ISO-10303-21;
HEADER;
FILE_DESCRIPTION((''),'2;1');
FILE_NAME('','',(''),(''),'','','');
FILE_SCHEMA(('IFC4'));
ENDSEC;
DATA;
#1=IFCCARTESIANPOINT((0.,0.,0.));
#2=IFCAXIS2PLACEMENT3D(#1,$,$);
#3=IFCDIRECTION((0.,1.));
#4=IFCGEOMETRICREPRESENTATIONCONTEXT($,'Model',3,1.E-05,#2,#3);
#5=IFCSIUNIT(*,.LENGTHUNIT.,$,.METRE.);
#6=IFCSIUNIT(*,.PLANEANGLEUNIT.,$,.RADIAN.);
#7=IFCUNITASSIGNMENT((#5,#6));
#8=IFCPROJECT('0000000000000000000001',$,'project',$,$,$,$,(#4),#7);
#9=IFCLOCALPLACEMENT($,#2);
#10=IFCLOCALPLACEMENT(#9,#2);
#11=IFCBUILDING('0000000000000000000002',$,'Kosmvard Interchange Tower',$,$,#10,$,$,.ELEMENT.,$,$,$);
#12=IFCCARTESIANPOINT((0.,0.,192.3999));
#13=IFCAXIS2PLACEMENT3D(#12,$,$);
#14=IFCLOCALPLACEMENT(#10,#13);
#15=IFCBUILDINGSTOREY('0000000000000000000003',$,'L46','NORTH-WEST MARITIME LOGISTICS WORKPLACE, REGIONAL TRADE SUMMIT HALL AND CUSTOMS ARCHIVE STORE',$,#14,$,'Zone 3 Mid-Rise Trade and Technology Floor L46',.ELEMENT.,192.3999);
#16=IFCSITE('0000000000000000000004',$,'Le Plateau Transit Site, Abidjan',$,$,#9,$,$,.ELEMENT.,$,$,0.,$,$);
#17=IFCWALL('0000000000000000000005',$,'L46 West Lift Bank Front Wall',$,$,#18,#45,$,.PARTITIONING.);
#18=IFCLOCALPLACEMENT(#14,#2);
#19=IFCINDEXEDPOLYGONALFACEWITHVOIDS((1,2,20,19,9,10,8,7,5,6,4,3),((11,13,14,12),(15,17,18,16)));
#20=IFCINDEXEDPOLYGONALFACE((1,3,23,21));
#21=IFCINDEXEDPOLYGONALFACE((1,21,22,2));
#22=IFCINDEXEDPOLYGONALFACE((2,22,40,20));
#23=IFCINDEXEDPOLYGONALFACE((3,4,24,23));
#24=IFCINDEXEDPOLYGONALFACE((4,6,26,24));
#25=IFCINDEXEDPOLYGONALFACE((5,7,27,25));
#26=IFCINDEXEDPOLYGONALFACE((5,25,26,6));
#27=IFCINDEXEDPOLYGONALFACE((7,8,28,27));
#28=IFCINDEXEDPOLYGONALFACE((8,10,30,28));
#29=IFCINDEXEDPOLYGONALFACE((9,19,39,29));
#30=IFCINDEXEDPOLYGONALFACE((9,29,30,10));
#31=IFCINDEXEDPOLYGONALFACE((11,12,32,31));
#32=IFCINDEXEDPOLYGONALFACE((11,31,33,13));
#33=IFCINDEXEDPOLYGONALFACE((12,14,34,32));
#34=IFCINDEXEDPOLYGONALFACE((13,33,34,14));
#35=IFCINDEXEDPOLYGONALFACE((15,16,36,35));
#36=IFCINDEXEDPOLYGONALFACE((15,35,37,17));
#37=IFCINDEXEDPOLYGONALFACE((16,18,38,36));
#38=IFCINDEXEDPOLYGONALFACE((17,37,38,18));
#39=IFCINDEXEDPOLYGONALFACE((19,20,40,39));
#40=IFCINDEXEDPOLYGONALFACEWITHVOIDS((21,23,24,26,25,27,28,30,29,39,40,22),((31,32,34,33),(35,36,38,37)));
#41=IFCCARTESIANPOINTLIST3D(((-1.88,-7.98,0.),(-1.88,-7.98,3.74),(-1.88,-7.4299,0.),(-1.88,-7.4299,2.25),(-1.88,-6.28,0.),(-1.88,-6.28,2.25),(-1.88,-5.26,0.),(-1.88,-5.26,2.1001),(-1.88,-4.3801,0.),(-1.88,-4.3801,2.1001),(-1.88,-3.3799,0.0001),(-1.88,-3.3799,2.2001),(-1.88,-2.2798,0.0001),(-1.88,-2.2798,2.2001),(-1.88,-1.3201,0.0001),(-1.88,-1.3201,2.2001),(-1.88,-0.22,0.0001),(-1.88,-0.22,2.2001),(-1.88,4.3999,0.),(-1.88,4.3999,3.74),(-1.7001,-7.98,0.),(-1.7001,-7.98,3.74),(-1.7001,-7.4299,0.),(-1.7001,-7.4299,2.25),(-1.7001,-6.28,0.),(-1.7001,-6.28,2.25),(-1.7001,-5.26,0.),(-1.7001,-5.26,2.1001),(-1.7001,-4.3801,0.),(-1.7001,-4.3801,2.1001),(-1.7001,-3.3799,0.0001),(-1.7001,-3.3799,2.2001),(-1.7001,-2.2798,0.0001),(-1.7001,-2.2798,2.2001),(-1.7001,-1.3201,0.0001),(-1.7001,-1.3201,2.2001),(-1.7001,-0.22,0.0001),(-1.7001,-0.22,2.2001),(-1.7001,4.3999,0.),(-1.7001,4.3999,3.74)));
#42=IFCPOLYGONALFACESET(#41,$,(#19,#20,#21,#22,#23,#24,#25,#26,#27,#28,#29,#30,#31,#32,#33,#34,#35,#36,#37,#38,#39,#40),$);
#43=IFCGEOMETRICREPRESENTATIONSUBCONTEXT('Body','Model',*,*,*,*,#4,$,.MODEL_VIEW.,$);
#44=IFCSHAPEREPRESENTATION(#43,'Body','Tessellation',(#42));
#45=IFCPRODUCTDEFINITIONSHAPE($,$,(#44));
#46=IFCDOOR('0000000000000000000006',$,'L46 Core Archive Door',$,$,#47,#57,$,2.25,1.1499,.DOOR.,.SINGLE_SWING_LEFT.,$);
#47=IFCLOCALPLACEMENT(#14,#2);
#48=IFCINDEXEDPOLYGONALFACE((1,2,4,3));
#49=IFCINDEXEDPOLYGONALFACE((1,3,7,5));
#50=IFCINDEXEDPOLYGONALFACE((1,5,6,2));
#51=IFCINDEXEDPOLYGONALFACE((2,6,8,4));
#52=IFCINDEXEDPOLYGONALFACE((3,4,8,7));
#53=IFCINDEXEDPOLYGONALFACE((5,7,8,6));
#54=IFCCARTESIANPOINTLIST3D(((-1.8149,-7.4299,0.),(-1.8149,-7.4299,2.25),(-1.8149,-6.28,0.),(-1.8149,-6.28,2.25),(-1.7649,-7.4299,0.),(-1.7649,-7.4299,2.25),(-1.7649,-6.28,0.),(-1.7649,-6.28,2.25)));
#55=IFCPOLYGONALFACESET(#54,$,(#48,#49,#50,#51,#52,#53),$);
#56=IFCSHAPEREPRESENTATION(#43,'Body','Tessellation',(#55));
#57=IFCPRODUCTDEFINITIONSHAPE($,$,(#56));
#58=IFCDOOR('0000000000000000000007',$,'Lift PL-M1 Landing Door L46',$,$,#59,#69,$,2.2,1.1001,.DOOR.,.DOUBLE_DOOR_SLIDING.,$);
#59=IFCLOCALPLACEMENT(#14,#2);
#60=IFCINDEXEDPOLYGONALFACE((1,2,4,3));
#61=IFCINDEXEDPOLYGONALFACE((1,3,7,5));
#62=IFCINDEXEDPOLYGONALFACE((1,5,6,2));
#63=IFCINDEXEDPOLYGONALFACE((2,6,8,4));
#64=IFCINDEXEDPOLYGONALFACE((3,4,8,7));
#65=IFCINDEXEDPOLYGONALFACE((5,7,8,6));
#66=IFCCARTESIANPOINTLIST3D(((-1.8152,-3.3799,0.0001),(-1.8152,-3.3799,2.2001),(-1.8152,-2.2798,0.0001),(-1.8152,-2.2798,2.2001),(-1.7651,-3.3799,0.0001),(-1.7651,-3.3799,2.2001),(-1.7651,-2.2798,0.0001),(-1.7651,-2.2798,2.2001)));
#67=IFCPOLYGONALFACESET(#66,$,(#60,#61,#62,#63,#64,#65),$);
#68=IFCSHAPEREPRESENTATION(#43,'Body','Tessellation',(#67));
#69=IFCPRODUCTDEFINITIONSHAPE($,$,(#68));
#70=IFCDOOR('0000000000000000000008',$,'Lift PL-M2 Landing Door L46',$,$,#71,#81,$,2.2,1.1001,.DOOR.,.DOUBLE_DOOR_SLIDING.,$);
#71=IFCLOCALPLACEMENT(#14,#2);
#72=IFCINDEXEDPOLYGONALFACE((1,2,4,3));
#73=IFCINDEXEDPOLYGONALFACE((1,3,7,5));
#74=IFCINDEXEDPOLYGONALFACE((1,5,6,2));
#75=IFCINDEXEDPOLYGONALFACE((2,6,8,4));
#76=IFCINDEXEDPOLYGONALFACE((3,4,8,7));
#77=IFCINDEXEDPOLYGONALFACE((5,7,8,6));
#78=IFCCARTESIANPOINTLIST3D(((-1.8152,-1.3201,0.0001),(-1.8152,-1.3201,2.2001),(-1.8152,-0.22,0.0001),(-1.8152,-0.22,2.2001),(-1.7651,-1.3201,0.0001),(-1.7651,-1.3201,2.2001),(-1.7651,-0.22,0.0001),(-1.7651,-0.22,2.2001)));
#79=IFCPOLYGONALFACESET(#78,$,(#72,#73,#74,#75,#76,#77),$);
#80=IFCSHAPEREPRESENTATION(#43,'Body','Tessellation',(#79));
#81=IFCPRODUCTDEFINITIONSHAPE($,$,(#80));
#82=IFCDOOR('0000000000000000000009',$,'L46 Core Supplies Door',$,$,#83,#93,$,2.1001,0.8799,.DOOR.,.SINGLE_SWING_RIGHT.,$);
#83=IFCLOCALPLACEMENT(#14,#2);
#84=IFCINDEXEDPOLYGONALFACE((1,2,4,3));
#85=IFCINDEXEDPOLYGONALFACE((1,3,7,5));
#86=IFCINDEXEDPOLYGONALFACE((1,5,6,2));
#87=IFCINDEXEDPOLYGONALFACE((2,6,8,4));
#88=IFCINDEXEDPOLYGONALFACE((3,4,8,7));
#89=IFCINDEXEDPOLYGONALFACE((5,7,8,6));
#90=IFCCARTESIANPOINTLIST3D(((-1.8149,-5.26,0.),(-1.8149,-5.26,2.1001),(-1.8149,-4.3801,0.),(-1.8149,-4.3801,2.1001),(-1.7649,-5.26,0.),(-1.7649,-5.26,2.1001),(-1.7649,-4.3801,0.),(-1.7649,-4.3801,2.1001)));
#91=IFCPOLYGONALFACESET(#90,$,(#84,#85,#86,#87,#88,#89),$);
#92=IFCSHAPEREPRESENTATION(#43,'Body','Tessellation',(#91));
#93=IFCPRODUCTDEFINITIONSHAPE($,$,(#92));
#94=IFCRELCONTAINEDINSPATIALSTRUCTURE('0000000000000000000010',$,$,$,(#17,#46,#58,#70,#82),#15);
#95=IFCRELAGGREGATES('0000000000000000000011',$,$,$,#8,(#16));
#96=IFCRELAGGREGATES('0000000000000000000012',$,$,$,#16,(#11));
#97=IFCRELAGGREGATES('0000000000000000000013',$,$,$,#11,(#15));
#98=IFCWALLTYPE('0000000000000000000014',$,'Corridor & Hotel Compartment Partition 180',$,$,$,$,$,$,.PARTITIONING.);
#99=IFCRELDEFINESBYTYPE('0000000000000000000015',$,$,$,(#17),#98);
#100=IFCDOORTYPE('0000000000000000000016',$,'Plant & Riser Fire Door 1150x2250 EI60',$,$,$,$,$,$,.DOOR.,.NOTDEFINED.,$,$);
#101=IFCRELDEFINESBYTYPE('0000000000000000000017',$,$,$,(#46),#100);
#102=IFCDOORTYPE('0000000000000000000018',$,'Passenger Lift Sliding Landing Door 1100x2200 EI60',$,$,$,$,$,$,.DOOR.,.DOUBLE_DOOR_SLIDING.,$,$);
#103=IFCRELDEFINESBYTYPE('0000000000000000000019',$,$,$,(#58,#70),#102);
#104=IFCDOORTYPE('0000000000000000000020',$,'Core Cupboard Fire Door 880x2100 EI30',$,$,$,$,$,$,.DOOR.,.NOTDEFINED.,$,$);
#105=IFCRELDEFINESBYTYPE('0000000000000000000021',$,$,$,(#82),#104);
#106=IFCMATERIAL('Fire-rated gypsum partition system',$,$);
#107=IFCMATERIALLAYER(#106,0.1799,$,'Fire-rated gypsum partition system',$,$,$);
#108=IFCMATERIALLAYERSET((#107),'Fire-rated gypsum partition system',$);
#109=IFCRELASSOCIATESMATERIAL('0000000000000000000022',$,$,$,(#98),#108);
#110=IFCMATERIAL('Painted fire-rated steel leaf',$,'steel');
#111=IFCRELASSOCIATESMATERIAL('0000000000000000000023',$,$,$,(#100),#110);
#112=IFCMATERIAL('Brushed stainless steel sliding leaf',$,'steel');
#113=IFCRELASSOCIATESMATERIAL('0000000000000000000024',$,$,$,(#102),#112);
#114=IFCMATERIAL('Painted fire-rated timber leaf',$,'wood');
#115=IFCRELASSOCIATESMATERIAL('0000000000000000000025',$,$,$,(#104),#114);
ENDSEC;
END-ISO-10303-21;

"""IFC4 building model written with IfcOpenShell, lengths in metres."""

from ifc_helpers import new_model, si_unit, direction, frame, frame_2d, origin, place, context, subcontext, project, spatial, rectangle, extrude, source, transform, mapped, material, layer, layer_set, type_object, element, fill, save


model = new_model("IFC4")

# Units and contexts
model_context = context("Model", 3, precision=1e-05, world=origin(), true_north=direction((0.0, 1.0)))
body_context = subcontext(model_context, "Body", "Model", "MODEL_VIEW")
ifc_project = project(units=[si_unit("LENGTHUNIT", "METRE"), si_unit("PLANEANGLEUNIT", "RADIAN")], contexts=[model_context])

# Site, building, storey
site_placement = place(None, origin())
site = spatial("IfcSite", under=ifc_project, at=site_placement, Name="Le Plateau Transit Site, Abidjan", CompositionType="ELEMENT", RefElevation=0.0)
building_placement = place(site_placement, origin())
building = spatial("IfcBuilding", under=site, at=building_placement, Name="Kosmvard Interchange Tower", CompositionType="ELEMENT")
storey_placement = place(building_placement, frame((0.0, 0.0, 192.3999)))
storey = spatial("IfcBuildingStorey", under=building, at=storey_placement, Name="L46", Description="NORTH-WEST MARITIME LOGISTICS WORKPLACE, REGIONAL TRADE SUMMIT HALL AND CUSTOMS ARCHIVE STORE", LongName="Zone 3 Mid-Rise Trade and Technology Floor L46", CompositionType="ELEMENT", Elevation=192.3999)

# Shared definitions
ifc_material_1 = material(Name="Fire-rated gypsum partition system")

# Wall, openings, doors
ifc_layer_1 = layer(ifc_material_1, 0.1799, Name="Fire-rated gypsum partition system")
ifc_layer_set_1 = layer_set([ifc_layer_1], Name="Fire-rated gypsum partition system")
wall_type_1 = type_object("IfcWallType", Name="Corridor & Hotel Compartment Partition 180", PredefinedType="PARTITIONING", material=ifc_layer_set_1)
wall_1_placement = place(storey_placement, frame((-1.79, -7.98, 0.0), z_axis=(0.0, 0.0, 1.0), x_axis=(0.0, 1.0, 0.0)))
wall_1 = element("IfcWall", 1, at=wall_1_placement, inside=storey, type_object=wall_type_1, Name="L46 West Lift Bank Front Wall", PredefinedType="PARTITIONING", context=body_context, shape_type="SweptSolid", body=[
    extrude(rectangle(XDim=12.3799, YDim=0.1799, at=frame_2d((6.1899, 0.0))), origin(), (0.0, 0.0, 1.0), 3.74),
])
opening_1_placement = place(wall_1_placement, frame((4.6001, 0.0, 0.0)))
opening_1 = element("IfcOpeningElement", 2, at=opening_1_placement, cuts=wall_1, PredefinedType="OPENING", context=body_context, shape_type="SweptSolid", body=[
    extrude(rectangle(XDim=1.1001, YDim=2.2, at=frame_2d((0.55, 1.1001))), frame((0.0, 0.1001, 0.0), z_axis=(0.0, -1.0, 0.0), x_axis=(1.0, 0.0, 0.0)), (0.0, 0.0, 1.0), 0.2),
])
opening_2_placement = place(wall_1_placement, frame((6.6599, 0.0, 0.0)))
opening_2 = element("IfcOpeningElement", 3, at=opening_2_placement, cuts=wall_1, PredefinedType="OPENING", context=body_context, shape_type="SweptSolid", body=[
    extrude(rectangle(XDim=1.1001, YDim=2.2, at=frame_2d((0.55, 1.1001))), frame((0.0, 0.1001, 0.0), z_axis=(0.0, -1.0, 0.0), x_axis=(1.0, 0.0, 0.0)), (0.0, 0.0, 1.0), 0.2),
])
opening_3_placement = place(wall_1_placement, frame((0.55, 0.0, 0.0)))
opening_3 = element("IfcOpeningElement", 4, at=opening_3_placement, cuts=wall_1, PredefinedType="OPENING", context=body_context, shape_type="SweptSolid", body=[
    extrude(rectangle(XDim=1.1499, YDim=2.25, at=frame_2d((0.575, 1.125))), frame((0.0, 0.1001, 0.0), z_axis=(0.0, -1.0, 0.0), x_axis=(1.0, 0.0, 0.0)), (0.0, 0.0, 1.0), 0.2),
])
opening_4_placement = place(wall_1_placement, frame((2.72, 0.0, 0.0)))
opening_4 = element("IfcOpeningElement", 5, at=opening_4_placement, cuts=wall_1, PredefinedType="OPENING", context=body_context, shape_type="SweptSolid", body=[
    extrude(rectangle(XDim=0.8799, YDim=2.1001, at=frame_2d((0.4399, 1.05))), frame((0.0, 0.1001, 0.0), z_axis=(0.0, -1.0, 0.0), x_axis=(1.0, 0.0, 0.0)), (0.0, 0.0, 1.0), 0.2),
])
ifc_material_2 = material(Name="Painted fire-rated steel leaf", Category="steel")
door_type_1 = type_object("IfcDoorType", Name="Plant & Riser Fire Door 1150x2250 EI60", OperationType="NOTDEFINED", PredefinedType="DOOR", material=ifc_material_2)
shared_shape_1 = source(origin(), body_context, "Body", "SweptSolid", [
    extrude(rectangle(XDim=1.1499, YDim=2.25, at=frame_2d((0.575, 1.125))), frame((0.0, 0.0249, 0.0), z_axis=(0.0, -1.0, 0.0), x_axis=(1.0, 0.0, 0.0)), (0.0, 0.0, 1.0), 0.05),
])
door_1_placement = place(opening_3_placement, origin())
door_1 = element("IfcDoor", 6, at=door_1_placement, inside=storey, type_object=door_type_1, Name="L46 Core Archive Door", OperationType="SINGLE_SWING_LEFT", OverallHeight=2.25, OverallWidth=1.1499, PredefinedType="DOOR", context=body_context, shape_type="MappedRepresentation", body=[
    mapped(shared_shape_1, transform((0.0, 0.0, 0.0), scale=1.0)),
])
fill(opening_3, door_1)
ifc_material_3 = material(Name="Brushed stainless steel sliding leaf", Category="steel")
door_type_2 = type_object("IfcDoorType", Name="Passenger Lift Sliding Landing Door 1100x2200 EI60", OperationType="DOUBLE_DOOR_SLIDING", PredefinedType="DOOR", material=ifc_material_3)
shared_shape_2 = source(origin(), body_context, "Body", "SweptSolid", [
    extrude(rectangle(XDim=1.1001, YDim=2.2, at=frame_2d((0.55, 1.1001))), frame((0.0, 0.0249, 0.0), z_axis=(0.0, -1.0, 0.0), x_axis=(1.0, 0.0, 0.0)), (0.0, 0.0, 1.0), 0.05),
])
door_2_placement = place(opening_1_placement, frame((1.1001, 0.0, 0.0), z_axis=(0.0, 0.0, 1.0), x_axis=(-1.0, 0.0, 0.0)))
door_2 = element("IfcDoor", 7, at=door_2_placement, inside=storey, type_object=door_type_2, Name="Lift PL-M1 Landing Door L46", OperationType="DOUBLE_DOOR_SLIDING", OverallHeight=2.2, OverallWidth=1.1001, PredefinedType="DOOR", context=body_context, shape_type="MappedRepresentation", body=[
    mapped(shared_shape_2, transform((0.0, 0.0, 0.0), scale=1.0)),
])
fill(opening_1, door_2)
door_3_placement = place(opening_2_placement, frame((1.1001, 0.0, 0.0), z_axis=(0.0, 0.0, 1.0), x_axis=(-1.0, 0.0, 0.0)))
door_3 = element("IfcDoor", 8, at=door_3_placement, inside=storey, type_object=door_type_2, Name="Lift PL-M2 Landing Door L46", OperationType="DOUBLE_DOOR_SLIDING", OverallHeight=2.2, OverallWidth=1.1001, PredefinedType="DOOR", context=body_context, shape_type="MappedRepresentation", body=[
    mapped(shared_shape_2, transform((0.0, 0.0, 0.0), scale=1.0)),
])
fill(opening_2, door_3)
ifc_material_4 = material(Name="Painted fire-rated timber leaf", Category="wood")
door_type_3 = type_object("IfcDoorType", Name="Core Cupboard Fire Door 880x2100 EI30", OperationType="NOTDEFINED", PredefinedType="DOOR", material=ifc_material_4)
shared_shape_3 = source(origin(), body_context, "Body", "SweptSolid", [
    extrude(rectangle(XDim=0.8799, YDim=2.1001, at=frame_2d((0.4399, 1.05))), frame((0.0, 0.0249, 0.0), z_axis=(0.0, -1.0, 0.0), x_axis=(1.0, 0.0, 0.0)), (0.0, 0.0, 1.0), 0.05),
])
door_4_placement = place(opening_4_placement, origin())
door_4 = element("IfcDoor", 9, at=door_4_placement, inside=storey, type_object=door_type_3, Name="L46 Core Supplies Door", OperationType="SINGLE_SWING_RIGHT", OverallHeight=2.1001, OverallWidth=0.8799, PredefinedType="DOOR", context=body_context, shape_type="MappedRepresentation", body=[
    mapped(shared_shape_3, transform((0.0, 0.0, 0.0), scale=1.0)),
])
fill(opening_4, door_4)

save(model, "model.ifc")
